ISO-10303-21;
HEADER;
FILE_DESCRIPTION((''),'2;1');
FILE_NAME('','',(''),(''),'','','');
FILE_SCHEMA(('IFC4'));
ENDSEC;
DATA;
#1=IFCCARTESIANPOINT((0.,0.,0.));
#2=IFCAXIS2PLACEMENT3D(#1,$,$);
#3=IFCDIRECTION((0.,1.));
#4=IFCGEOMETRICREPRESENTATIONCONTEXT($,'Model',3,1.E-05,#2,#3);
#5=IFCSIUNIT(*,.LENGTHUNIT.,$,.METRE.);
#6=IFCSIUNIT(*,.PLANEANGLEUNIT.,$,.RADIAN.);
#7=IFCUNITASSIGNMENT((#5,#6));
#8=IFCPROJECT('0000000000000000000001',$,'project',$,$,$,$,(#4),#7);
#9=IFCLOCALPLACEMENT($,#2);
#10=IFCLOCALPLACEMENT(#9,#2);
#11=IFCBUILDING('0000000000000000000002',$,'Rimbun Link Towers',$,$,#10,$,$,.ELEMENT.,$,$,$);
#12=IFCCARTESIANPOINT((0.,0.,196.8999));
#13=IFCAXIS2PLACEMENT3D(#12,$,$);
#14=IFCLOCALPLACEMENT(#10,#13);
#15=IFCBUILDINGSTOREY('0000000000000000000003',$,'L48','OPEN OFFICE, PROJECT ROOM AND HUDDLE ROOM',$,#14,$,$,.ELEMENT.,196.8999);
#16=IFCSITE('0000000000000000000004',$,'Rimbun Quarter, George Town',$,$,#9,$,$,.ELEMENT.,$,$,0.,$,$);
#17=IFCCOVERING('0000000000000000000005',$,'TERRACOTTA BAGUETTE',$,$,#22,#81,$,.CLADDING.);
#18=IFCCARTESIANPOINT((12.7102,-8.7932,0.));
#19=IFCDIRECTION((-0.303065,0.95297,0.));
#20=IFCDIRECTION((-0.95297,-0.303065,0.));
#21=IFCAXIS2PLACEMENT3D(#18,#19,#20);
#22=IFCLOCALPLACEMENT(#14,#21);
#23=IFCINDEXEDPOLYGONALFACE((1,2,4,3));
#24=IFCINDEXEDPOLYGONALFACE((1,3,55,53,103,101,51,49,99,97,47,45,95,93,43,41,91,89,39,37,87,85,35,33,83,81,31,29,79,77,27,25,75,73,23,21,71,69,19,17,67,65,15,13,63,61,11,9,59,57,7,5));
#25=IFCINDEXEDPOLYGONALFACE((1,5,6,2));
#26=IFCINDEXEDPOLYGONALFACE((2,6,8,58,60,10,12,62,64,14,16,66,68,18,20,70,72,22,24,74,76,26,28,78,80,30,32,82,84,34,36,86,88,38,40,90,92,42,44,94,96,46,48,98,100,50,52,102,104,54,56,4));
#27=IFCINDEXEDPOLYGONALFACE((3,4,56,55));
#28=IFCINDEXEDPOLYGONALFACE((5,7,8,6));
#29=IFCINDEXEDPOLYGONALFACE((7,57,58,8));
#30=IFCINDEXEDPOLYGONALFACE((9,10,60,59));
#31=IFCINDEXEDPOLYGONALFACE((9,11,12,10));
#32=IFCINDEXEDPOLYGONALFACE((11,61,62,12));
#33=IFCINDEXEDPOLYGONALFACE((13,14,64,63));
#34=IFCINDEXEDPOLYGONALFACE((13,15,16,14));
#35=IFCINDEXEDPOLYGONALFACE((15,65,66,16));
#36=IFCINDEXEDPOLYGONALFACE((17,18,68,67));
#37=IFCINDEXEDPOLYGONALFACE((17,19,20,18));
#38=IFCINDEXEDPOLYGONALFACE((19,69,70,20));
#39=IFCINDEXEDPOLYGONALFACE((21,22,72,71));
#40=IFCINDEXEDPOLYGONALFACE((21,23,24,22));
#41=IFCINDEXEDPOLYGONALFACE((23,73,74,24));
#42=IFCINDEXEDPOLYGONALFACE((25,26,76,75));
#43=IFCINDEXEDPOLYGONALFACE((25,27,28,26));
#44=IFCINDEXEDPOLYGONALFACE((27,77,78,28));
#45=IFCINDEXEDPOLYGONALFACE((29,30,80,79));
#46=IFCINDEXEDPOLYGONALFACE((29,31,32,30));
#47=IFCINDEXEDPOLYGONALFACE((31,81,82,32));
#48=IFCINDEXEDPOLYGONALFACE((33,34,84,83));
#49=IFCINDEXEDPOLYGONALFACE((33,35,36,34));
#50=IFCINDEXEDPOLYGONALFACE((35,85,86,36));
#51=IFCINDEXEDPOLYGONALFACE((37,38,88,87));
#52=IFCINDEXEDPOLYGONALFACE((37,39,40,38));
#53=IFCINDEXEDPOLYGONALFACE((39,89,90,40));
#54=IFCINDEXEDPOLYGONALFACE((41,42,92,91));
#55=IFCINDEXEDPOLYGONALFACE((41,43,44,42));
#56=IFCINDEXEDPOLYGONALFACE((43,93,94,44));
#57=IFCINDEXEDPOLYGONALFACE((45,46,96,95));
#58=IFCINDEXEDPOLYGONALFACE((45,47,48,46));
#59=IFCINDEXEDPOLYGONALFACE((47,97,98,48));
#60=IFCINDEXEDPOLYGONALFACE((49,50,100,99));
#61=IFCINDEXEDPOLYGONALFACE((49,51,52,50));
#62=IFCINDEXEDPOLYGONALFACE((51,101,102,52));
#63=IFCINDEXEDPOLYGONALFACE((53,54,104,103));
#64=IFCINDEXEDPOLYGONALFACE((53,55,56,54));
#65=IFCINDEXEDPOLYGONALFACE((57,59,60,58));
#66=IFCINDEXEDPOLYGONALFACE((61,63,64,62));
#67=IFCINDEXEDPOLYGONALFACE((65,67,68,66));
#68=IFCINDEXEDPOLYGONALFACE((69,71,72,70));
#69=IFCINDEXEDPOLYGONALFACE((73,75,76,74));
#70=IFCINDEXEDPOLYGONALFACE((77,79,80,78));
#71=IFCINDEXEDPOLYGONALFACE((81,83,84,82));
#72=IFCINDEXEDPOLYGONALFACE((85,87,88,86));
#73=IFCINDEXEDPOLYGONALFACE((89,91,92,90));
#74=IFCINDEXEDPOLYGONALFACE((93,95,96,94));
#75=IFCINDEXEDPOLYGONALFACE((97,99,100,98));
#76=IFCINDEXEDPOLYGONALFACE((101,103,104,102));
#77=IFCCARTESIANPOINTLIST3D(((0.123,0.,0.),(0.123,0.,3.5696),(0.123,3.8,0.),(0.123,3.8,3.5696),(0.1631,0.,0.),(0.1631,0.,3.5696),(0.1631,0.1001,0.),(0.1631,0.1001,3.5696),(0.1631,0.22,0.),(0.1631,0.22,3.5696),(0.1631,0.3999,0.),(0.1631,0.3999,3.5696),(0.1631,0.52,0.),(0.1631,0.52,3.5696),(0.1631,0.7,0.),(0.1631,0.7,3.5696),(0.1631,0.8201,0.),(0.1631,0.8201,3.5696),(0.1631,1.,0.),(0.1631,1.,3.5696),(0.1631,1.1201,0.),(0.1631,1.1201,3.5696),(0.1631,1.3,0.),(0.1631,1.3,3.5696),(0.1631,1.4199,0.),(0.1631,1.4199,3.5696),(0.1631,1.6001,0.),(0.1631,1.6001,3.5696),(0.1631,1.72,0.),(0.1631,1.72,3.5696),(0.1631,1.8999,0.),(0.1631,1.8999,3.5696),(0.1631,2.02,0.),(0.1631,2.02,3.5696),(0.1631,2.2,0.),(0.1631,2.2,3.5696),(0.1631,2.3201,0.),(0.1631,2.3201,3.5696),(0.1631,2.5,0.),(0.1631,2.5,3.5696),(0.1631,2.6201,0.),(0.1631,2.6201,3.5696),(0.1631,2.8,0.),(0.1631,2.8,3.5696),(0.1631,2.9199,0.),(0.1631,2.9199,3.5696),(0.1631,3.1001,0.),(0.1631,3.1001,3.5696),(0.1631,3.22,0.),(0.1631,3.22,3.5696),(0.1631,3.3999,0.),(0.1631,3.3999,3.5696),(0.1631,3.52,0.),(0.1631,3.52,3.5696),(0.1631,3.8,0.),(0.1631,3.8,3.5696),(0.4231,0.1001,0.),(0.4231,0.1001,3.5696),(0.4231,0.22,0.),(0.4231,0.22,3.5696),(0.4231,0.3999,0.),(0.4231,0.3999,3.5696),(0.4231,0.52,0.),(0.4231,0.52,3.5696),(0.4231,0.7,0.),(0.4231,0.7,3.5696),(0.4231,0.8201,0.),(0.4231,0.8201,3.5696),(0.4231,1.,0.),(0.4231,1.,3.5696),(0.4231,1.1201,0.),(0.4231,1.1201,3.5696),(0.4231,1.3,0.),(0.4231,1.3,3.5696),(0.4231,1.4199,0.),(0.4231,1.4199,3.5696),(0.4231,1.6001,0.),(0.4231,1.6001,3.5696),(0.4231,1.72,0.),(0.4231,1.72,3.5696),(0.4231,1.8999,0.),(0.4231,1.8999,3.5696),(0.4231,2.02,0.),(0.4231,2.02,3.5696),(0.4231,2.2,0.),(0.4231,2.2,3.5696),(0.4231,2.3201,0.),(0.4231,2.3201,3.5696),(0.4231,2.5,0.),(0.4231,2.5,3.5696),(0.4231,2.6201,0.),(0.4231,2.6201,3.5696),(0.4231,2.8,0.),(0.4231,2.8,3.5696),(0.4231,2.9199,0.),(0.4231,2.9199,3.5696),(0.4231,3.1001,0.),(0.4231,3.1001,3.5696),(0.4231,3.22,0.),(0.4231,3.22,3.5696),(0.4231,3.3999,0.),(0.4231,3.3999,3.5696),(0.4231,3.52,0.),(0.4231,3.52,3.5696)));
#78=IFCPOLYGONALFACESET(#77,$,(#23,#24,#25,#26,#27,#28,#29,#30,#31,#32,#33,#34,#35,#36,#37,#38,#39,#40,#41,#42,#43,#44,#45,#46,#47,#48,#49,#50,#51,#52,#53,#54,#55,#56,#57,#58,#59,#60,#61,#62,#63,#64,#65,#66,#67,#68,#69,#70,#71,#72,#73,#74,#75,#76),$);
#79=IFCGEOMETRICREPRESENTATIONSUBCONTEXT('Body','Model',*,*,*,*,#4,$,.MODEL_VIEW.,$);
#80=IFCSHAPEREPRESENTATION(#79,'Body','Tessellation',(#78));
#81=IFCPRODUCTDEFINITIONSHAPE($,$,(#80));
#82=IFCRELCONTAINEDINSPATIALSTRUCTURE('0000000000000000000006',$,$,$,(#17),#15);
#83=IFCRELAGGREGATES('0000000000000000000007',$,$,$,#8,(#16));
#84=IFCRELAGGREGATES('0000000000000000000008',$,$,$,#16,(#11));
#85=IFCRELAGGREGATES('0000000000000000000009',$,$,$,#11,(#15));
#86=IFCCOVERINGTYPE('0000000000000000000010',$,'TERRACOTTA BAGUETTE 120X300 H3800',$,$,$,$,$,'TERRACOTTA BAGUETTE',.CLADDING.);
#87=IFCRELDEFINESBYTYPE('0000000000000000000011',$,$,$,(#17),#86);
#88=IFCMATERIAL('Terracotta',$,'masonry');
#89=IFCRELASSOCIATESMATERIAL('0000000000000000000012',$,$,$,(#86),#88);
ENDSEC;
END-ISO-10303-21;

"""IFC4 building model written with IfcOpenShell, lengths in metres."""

from ifc_helpers import new_model, si_unit, direction, frame, origin, place, context, subcontext, project, spatial, polyline, outline, extrude, material, material_profile, profile_set, type_object, element, save


model = new_model("IFC4")

# Units and contexts
model_context = context("Model", 3, precision=1e-05, world=origin(), true_north=direction((0.0, 1.0)))
body_context = subcontext(model_context, "Body", "Model", "MODEL_VIEW")
ifc_project = project(units=[si_unit("LENGTHUNIT", "METRE"), si_unit("PLANEANGLEUNIT", "RADIAN")], contexts=[model_context])

# Site, building, storey
site_placement = place(None, origin())
site = spatial("IfcSite", under=ifc_project, at=site_placement, Name="Rimbun Quarter, George Town", CompositionType="ELEMENT", RefElevation=0.0)
building_placement = place(site_placement, origin())
building = spatial("IfcBuilding", under=site, at=building_placement, Name="Rimbun Link Towers", CompositionType="ELEMENT")
storey_placement = place(building_placement, frame((0.0, 0.0, 196.8999)))
storey = spatial("IfcBuildingStorey", under=building, at=storey_placement, Name="L48", Description="OPEN OFFICE, PROJECT ROOM AND HUDDLE ROOM", CompositionType="ELEMENT", Elevation=196.8999)

# Covering
ifc_material_1 = material(Name="Terracotta", Category="masonry")
ifc_material_profile_1 = material_profile(ifc_material_1, outline(polyline([(0.123, 0.0), (0.1631, 0.0), (0.1631, 0.1001), (0.4231, 0.1001), (0.4231, 0.22), (0.1631, 0.22), (0.1631, 0.3999), (0.4231, 0.3999), (0.4231, 0.52), (0.1631, 0.52), (0.1631, 0.7), (0.4231, 0.7), (0.4231, 0.8201), (0.1631, 0.8201), (0.1631, 1.0), (0.4231, 1.0), (0.4231, 1.1201), (0.1631, 1.1201), (0.1631, 1.3), (0.4231, 1.3), (0.4231, 1.4199), (0.1631, 1.4199), (0.1631, 1.6001), (0.4231, 1.6001), (0.4231, 1.72), (0.1631, 1.72), (0.1631, 1.8999), (0.4231, 1.8999), (0.4231, 2.02), (0.1631, 2.02), (0.1631, 2.2), (0.4231, 2.2), (0.4231, 2.3201), (0.1631, 2.3201), (0.1631, 2.5), (0.4231, 2.5), (0.4231, 2.6201), (0.1631, 2.6201), (0.1631, 2.8), (0.4231, 2.8), (0.4231, 2.9199), (0.1631, 2.9199), (0.1631, 3.1001), (0.4231, 3.1001), (0.4231, 3.22), (0.1631, 3.22), (0.1631, 3.3999), (0.4231, 3.3999), (0.4231, 3.52), (0.1631, 3.52), (0.1631, 3.8), (0.123, 3.8), (0.123, 0.0)])), Name="BAGUETTE 120X300")
ifc_profile_set_1 = profile_set([ifc_material_profile_1], Name="Terracotta")
covering_type_1 = type_object("IfcCoveringType", Name="TERRACOTTA BAGUETTE 120X300 H3800", ElementType="TERRACOTTA BAGUETTE", PredefinedType="CLADDING", material=ifc_profile_set_1)
covering_1_placement = place(storey_placement, frame((12.7102, -8.7932, 0.0), z_axis=(-0.303065, 0.95297, 0.0), x_axis=(-0.95297, -0.303065, 0.0)))
element("IfcCovering", 1, at=covering_1_placement, inside=storey, type_object=covering_type_1, Name="TERRACOTTA BAGUETTE", PredefinedType="CLADDING", context=body_context, shape_type="SweptSolid", body=[
    extrude(outline(polyline([(0.123, 0.0), (0.1631, 0.0), (0.1631, 0.1001), (0.4231, 0.1001), (0.4231, 0.22), (0.1631, 0.22), (0.1631, 0.3999), (0.4231, 0.3999), (0.4231, 0.52), (0.1631, 0.52), (0.1631, 0.7), (0.4231, 0.7), (0.4231, 0.8201), (0.1631, 0.8201), (0.1631, 1.0), (0.4231, 1.0), (0.4231, 1.1201), (0.1631, 1.1201), (0.1631, 1.3), (0.4231, 1.3), (0.4231, 1.4199), (0.1631, 1.4199), (0.1631, 1.6001), (0.4231, 1.6001), (0.4231, 1.72), (0.1631, 1.72), (0.1631, 1.8999), (0.4231, 1.8999), (0.4231, 2.02), (0.1631, 2.02), (0.1631, 2.2), (0.4231, 2.2), (0.4231, 2.3201), (0.1631, 2.3201), (0.1631, 2.5), (0.4231, 2.5), (0.4231, 2.6201), (0.1631, 2.6201), (0.1631, 2.8), (0.4231, 2.8), (0.4231, 2.9199), (0.1631, 2.9199), (0.1631, 3.1001), (0.4231, 3.1001), (0.4231, 3.22), (0.1631, 3.22), (0.1631, 3.3999), (0.4231, 3.3999), (0.4231, 3.52), (0.1631, 3.52), (0.1631, 3.8), (0.123, 3.8), (0.123, 0.0)])), origin(), (0.0, 0.0, 1.0), 3.5696),
])

save(model, "model.ifc")
